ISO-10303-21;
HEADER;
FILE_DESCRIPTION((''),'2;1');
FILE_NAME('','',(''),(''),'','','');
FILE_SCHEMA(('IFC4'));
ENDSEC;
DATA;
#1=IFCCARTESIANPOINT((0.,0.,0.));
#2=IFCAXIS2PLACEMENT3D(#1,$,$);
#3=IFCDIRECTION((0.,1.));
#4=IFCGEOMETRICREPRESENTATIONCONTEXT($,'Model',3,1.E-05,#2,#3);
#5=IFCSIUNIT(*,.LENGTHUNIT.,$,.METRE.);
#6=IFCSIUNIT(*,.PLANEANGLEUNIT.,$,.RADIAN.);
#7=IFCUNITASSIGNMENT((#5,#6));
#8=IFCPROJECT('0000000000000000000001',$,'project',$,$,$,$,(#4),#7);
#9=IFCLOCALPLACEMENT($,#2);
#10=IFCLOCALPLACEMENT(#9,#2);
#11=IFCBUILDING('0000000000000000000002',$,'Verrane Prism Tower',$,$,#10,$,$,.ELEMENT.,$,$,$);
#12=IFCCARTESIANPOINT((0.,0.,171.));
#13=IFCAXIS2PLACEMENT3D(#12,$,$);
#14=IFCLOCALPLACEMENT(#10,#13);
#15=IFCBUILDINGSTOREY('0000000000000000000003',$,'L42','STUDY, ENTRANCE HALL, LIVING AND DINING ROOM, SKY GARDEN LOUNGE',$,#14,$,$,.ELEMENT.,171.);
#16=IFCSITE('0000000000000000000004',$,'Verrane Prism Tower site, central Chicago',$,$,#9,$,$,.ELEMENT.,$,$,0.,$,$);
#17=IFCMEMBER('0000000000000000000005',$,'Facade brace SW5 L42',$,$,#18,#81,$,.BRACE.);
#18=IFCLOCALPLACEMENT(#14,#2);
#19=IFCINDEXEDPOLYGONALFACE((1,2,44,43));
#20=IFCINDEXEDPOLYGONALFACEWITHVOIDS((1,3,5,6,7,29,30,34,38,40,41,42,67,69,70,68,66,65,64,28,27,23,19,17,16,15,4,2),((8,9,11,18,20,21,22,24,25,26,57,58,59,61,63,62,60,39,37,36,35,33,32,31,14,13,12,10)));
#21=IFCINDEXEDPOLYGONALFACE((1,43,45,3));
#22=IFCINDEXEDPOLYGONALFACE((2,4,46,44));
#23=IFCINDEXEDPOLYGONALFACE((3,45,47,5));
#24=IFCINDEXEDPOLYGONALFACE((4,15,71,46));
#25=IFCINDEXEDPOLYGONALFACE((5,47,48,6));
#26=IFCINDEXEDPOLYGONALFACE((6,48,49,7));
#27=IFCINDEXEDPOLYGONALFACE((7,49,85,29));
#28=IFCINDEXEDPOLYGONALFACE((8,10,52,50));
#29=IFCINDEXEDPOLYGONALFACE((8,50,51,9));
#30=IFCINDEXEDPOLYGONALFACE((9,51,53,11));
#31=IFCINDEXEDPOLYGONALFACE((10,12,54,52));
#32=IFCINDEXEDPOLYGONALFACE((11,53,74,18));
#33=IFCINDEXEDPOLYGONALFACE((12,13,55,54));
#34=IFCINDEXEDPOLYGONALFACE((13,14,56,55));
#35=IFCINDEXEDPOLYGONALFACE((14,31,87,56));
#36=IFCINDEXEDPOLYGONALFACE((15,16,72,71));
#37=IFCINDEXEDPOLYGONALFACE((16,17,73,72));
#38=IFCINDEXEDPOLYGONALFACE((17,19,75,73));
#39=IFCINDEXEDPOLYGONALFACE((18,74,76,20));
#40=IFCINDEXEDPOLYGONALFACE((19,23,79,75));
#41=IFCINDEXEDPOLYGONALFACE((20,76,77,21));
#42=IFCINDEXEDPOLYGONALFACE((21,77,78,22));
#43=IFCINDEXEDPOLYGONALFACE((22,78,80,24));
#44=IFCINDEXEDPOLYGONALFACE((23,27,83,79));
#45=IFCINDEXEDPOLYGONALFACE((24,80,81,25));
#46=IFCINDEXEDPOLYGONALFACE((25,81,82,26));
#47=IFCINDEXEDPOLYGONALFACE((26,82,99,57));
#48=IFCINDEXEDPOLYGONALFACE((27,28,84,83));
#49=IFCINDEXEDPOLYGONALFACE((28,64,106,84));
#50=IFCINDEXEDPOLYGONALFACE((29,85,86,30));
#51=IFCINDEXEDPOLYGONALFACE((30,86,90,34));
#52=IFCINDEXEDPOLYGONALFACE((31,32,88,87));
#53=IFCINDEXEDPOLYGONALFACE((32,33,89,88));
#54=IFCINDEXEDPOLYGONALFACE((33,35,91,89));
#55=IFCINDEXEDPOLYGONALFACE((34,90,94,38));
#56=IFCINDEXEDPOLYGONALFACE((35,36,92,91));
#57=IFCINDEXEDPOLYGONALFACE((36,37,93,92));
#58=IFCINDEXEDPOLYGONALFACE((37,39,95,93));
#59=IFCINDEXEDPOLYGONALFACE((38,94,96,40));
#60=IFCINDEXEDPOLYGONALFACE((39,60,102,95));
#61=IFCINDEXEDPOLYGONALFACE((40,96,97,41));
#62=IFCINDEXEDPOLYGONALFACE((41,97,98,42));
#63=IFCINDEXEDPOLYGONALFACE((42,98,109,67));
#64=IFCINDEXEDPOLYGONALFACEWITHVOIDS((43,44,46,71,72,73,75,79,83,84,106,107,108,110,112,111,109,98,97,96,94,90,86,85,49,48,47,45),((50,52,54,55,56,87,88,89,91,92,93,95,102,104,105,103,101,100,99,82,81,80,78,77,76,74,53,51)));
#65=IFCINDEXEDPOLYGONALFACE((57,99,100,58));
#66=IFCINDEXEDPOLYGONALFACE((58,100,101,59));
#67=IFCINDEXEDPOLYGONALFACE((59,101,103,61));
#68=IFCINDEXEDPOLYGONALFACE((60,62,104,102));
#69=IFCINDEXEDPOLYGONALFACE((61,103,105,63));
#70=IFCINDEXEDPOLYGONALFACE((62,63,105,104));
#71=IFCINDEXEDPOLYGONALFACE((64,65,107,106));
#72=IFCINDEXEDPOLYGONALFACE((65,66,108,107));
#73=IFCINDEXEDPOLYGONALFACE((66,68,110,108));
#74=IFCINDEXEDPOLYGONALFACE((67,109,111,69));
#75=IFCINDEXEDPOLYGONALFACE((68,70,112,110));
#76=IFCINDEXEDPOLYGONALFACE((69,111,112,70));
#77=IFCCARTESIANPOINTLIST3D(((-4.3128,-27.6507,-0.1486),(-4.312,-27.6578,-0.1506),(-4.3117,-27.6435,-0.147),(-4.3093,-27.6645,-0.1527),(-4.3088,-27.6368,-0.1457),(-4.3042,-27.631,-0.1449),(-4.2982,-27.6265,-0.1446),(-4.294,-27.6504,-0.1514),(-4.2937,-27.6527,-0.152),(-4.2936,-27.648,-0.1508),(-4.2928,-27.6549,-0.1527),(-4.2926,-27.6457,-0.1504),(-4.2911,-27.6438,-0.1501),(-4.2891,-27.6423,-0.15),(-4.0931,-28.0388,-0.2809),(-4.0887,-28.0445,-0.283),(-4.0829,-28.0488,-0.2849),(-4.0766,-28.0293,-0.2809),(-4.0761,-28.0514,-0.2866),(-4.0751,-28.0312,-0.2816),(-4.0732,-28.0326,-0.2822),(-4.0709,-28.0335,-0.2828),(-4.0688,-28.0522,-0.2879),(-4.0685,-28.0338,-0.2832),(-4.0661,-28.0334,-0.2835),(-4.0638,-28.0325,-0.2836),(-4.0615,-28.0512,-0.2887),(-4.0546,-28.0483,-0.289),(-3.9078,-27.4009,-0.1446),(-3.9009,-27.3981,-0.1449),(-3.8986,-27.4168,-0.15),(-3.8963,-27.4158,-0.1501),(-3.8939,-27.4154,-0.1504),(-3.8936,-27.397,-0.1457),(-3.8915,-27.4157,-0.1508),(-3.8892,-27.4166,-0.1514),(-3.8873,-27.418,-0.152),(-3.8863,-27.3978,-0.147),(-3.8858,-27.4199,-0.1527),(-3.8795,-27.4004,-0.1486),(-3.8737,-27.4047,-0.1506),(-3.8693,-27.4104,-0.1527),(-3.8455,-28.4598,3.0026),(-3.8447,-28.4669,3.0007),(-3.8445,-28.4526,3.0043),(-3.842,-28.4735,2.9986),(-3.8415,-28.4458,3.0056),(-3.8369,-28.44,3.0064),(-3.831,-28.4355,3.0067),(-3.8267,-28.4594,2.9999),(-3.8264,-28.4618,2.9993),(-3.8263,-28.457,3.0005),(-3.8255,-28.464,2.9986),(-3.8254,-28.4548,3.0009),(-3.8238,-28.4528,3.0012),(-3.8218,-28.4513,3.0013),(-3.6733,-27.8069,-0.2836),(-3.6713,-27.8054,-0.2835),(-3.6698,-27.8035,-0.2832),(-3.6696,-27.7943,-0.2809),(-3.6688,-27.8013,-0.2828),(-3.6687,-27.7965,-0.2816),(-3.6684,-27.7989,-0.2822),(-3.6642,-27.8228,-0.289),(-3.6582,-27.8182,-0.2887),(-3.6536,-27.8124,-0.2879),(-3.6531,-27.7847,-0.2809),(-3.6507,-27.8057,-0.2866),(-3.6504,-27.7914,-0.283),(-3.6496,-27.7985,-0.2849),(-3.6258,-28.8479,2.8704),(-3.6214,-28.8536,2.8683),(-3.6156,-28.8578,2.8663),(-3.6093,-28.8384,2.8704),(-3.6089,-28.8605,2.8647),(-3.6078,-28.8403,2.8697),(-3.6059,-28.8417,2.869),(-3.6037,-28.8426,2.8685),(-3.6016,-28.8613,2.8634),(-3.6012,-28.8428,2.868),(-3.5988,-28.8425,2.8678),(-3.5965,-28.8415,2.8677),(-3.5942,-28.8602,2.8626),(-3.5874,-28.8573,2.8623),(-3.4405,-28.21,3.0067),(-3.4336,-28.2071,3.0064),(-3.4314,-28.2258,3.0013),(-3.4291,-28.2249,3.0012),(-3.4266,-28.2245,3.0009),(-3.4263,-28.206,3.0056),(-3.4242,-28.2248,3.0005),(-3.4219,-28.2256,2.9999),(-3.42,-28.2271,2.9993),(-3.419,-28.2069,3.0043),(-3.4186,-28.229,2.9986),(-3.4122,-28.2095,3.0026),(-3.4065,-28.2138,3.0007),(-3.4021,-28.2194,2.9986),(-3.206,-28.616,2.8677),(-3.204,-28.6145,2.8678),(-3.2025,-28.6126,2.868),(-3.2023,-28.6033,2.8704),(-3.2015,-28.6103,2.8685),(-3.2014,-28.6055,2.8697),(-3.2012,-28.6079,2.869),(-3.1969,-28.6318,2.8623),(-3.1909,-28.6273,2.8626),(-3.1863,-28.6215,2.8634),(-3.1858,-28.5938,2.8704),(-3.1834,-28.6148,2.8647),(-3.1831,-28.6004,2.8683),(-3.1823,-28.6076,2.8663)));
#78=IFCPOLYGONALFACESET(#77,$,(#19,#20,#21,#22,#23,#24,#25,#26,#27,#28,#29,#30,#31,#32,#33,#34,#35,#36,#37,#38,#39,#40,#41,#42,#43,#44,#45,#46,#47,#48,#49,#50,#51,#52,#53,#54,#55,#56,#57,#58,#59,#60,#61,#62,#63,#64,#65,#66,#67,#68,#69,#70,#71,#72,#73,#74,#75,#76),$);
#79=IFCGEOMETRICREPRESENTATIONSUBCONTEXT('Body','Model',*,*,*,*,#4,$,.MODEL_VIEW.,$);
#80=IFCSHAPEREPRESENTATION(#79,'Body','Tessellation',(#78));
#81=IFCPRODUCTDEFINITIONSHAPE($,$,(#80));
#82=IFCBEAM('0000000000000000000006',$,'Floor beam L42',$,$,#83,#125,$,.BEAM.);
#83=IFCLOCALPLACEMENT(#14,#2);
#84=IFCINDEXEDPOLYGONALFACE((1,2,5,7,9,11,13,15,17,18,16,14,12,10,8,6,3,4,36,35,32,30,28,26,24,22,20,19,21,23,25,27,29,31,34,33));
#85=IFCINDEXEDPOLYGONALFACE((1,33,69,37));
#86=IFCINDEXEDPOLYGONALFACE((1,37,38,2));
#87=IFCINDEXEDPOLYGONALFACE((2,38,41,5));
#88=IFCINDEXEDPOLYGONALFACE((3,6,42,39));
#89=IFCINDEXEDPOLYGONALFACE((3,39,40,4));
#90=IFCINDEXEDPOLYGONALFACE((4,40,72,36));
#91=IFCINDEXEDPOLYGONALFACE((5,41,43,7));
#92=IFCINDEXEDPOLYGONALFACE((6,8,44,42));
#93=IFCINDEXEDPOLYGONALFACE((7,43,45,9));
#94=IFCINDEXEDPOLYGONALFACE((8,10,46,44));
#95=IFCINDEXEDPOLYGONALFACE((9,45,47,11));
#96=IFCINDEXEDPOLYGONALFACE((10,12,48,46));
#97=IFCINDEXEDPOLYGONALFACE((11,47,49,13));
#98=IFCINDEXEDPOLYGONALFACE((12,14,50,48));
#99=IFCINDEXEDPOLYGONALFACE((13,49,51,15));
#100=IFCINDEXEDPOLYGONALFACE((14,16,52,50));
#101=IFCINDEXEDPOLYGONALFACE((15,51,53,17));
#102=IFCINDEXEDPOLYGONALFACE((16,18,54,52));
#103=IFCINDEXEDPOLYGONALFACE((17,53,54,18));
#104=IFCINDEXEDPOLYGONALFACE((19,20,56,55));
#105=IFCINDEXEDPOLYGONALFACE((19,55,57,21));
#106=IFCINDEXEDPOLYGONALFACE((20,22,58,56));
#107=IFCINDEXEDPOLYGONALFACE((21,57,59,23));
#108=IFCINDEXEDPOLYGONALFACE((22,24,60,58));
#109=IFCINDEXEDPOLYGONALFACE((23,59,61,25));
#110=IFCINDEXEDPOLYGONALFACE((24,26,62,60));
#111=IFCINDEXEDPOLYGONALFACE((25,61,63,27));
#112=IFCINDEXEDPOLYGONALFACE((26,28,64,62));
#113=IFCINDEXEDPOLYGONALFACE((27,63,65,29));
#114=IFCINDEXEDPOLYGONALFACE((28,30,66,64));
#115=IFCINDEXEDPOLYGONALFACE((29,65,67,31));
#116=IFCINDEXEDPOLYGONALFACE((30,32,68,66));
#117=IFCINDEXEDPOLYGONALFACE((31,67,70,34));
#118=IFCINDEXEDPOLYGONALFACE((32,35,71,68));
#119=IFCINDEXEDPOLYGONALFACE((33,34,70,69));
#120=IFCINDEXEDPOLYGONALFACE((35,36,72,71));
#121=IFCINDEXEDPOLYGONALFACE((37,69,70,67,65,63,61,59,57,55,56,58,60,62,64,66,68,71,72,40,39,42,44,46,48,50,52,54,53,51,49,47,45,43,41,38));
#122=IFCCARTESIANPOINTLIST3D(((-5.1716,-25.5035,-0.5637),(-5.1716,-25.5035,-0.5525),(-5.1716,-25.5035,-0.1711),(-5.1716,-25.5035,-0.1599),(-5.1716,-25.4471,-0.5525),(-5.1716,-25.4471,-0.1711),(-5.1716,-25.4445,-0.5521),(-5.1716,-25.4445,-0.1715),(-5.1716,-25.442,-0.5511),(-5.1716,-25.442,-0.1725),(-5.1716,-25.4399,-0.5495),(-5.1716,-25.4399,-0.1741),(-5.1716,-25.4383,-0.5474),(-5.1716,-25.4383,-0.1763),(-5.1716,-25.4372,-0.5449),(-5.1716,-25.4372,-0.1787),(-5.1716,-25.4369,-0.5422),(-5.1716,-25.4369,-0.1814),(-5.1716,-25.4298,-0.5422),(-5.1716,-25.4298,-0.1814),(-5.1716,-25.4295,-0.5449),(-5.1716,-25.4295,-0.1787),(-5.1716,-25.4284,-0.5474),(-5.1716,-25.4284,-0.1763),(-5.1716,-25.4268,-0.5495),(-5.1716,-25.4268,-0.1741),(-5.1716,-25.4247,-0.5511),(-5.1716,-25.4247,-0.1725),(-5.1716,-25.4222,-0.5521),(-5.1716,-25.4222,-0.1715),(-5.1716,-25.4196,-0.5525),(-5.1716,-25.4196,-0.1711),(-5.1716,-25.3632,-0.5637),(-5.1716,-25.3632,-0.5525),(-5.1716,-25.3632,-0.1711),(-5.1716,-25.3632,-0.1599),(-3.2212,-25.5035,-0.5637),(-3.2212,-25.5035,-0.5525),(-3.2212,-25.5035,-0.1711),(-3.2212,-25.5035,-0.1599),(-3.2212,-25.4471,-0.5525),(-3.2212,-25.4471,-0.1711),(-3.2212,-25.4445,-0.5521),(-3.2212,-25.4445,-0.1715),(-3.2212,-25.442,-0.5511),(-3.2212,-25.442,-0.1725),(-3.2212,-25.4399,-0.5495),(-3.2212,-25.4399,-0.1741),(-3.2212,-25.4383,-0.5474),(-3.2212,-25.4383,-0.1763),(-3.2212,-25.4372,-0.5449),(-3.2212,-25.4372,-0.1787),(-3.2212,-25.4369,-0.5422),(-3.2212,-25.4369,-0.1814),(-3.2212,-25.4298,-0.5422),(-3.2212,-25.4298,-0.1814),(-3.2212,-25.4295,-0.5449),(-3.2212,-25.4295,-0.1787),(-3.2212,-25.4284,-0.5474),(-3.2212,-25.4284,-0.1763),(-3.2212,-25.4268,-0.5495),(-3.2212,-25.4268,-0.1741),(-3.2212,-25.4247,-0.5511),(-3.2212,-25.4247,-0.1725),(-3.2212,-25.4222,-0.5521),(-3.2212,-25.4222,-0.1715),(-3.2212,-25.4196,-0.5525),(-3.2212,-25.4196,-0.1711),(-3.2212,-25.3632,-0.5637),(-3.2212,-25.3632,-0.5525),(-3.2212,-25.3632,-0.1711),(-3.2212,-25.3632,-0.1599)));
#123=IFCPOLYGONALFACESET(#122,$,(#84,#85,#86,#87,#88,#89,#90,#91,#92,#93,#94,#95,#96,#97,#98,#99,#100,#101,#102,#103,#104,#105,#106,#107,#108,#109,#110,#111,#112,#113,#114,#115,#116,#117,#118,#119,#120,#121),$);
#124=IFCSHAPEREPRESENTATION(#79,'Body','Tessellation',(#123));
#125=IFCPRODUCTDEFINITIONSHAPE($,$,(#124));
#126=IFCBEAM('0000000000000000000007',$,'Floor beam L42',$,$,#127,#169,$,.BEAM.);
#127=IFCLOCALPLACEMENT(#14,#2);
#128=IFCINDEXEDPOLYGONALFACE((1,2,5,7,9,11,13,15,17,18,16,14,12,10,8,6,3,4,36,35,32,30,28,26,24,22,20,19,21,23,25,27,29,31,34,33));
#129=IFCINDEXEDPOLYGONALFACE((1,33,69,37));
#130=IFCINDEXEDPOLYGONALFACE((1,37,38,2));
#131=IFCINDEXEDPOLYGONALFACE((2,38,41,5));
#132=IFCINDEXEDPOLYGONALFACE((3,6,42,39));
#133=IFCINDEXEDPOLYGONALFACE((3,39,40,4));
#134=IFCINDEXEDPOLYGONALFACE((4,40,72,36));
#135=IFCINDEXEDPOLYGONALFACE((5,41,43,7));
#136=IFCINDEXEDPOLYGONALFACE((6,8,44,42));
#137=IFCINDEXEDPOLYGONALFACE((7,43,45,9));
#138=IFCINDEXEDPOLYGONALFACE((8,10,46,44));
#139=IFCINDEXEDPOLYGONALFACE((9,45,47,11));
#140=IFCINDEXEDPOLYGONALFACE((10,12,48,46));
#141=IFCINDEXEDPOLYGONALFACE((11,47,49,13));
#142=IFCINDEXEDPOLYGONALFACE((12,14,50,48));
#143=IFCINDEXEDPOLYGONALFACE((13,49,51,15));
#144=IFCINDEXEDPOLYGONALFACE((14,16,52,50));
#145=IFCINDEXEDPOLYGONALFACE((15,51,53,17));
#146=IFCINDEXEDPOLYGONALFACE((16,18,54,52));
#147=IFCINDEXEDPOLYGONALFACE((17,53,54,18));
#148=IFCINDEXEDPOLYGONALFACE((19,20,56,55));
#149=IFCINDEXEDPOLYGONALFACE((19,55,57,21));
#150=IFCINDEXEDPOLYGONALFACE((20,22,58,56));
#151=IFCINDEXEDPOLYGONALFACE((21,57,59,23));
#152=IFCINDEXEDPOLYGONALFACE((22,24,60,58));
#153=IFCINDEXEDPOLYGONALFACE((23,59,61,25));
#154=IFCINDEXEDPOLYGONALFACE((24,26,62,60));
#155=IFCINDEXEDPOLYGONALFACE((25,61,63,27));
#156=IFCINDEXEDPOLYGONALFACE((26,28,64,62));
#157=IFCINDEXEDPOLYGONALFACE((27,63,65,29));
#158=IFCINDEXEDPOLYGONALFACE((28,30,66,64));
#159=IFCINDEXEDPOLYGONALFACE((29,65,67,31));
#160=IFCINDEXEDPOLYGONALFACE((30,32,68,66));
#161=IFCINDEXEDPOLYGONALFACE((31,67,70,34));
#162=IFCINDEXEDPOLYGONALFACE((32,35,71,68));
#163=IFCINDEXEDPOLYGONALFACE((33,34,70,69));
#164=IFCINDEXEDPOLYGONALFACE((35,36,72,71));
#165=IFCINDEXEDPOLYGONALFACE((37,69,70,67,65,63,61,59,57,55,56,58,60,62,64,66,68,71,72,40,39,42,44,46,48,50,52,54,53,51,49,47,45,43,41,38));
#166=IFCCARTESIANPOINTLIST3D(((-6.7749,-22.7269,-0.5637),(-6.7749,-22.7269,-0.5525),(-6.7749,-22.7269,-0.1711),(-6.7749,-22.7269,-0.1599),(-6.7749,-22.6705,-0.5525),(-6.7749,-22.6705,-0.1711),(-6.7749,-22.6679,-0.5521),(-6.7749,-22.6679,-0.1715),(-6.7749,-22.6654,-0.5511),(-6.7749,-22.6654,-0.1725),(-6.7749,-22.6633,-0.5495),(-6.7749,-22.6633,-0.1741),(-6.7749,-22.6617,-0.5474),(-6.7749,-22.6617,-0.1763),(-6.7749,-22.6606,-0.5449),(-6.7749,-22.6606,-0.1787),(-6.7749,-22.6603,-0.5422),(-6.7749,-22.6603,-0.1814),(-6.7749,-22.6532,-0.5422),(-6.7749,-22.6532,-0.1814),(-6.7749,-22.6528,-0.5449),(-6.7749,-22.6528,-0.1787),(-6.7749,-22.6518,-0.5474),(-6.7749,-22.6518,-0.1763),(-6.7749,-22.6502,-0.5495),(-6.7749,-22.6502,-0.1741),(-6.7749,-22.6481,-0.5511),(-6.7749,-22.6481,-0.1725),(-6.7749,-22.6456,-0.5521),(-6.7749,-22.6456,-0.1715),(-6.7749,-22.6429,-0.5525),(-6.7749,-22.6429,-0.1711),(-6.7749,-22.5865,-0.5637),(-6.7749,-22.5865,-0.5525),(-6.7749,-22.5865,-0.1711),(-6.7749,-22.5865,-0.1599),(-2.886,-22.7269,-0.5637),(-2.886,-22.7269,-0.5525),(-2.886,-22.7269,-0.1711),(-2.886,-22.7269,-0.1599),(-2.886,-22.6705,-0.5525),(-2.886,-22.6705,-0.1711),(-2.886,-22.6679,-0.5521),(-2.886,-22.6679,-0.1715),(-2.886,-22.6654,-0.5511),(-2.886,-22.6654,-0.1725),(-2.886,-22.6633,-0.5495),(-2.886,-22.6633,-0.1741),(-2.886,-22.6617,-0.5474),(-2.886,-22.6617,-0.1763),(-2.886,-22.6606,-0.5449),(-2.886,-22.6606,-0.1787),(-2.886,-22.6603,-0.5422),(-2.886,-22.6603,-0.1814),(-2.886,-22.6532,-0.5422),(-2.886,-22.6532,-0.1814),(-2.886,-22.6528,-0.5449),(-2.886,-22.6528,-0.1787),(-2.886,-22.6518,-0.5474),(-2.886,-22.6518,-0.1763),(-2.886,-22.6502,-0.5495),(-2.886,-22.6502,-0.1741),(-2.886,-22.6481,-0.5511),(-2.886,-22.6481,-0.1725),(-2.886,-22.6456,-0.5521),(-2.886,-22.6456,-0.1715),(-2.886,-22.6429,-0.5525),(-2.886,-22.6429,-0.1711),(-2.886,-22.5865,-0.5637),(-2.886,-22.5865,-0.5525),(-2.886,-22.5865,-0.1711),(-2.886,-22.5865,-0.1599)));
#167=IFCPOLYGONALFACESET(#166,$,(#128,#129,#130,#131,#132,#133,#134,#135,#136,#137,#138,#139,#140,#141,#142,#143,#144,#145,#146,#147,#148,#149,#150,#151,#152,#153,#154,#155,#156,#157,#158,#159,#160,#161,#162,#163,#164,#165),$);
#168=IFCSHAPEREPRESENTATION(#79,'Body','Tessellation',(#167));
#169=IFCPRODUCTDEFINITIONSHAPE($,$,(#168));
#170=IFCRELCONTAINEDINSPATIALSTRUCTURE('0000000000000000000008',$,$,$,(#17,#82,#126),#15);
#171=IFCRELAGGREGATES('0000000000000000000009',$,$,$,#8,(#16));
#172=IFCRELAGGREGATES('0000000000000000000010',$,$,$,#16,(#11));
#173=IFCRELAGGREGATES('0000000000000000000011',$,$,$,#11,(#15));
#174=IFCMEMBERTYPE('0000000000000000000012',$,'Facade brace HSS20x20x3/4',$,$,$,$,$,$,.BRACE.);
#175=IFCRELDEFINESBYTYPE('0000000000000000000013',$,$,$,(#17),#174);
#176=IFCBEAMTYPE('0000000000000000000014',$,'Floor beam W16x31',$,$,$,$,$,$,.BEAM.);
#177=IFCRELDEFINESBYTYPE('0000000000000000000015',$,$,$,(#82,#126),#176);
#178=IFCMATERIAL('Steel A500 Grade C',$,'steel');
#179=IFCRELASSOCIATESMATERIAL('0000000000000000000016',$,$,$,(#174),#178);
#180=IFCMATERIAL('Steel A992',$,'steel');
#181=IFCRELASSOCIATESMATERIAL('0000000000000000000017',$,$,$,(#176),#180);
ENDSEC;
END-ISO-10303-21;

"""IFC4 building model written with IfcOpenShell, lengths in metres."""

from ifc_helpers import new_model, si_unit, direction, frame, origin, origin_2d, place, context, subcontext, project, spatial, hollow_rectangle, i_section, extrude, material, material_profile, profile_set, type_object, element, save


model = new_model("IFC4")

# Units and contexts
model_context = context("Model", 3, precision=1e-05, world=origin(), true_north=direction((0.0, 1.0)))
body_context = subcontext(model_context, "Body", "Model", "MODEL_VIEW")
ifc_project = project(units=[si_unit("LENGTHUNIT", "METRE"), si_unit("PLANEANGLEUNIT", "RADIAN")], contexts=[model_context])

# Site, building, storey
site_placement = place(None, origin())
site = spatial("IfcSite", under=ifc_project, at=site_placement, Name="Verrane Prism Tower site, central Chicago", CompositionType="ELEMENT", RefElevation=0.0)
building_placement = place(site_placement, origin())
building = spatial("IfcBuilding", under=site, at=building_placement, Name="Verrane Prism Tower", CompositionType="ELEMENT")
storey_placement = place(building_placement, frame((0.0, 0.0, 171.0)))
storey = spatial("IfcBuildingStorey", under=building, at=storey_placement, Name="L42", Description="STUDY, ENTRANCE HALL, LIVING AND DINING ROOM, SKY GARDEN LOUNGE", CompositionType="ELEMENT", Elevation=171.0)

# Member
ifc_material_1 = material(Name="Steel A500 Grade C", Category="steel")
ifc_material_profile_1 = material_profile(ifc_material_1, hollow_rectangle(XDim=0.5081, YDim=0.5081, WallThickness=0.019, InnerFilletRadius=0.0095, OuterFilletRadius=0.0286, at=origin_2d()), Name="HSS20x20x3/4")
ifc_profile_set_1 = profile_set([ifc_material_profile_1], Name="Steel A500 Grade C")
member_type_1 = type_object("IfcMemberType", Name="Facade brace HSS20x20x3/4", PredefinedType="BRACE", material=ifc_profile_set_1)
member_1_placement = place(storey_placement, frame((-3.9812, -27.7246, -0.2168), z_axis=(0.142163, -0.246149, 0.958749), x_axis=(0.865951, 0.50013, 0.0)))
element("IfcMember", 1, at=member_1_placement, inside=storey, type_object=member_type_1, Name="Facade brace SW5 L42", PredefinedType="BRACE", context=body_context, shape_type="SweptSolid", body=[
    extrude(hollow_rectangle(XDim=0.5081, YDim=0.5081, WallThickness=0.019, InnerFilletRadius=0.0095, OuterFilletRadius=0.0286, at=origin_2d()), origin(), (0.0, 0.0, 1.0), 3.2869),
])

# Beams
ifc_material_2 = material(Name="Steel A992", Category="steel")
ifc_material_profile_2 = material_profile(ifc_material_2, i_section(OverallWidth=0.1404, OverallDepth=0.4038, WebThickness=0.0071, FlangeThickness=0.0112, FilletRadius=0.0103, at=origin_2d()), Name="W16x31")
ifc_profile_set_2 = profile_set([ifc_material_profile_2], Name="Steel A992")
beam_type_1 = type_object("IfcBeamType", Name="Floor beam W16x31", PredefinedType="BEAM", material=ifc_profile_set_2)
beam_1_placement = place(storey_placement, frame((-5.1716, -25.4333, -0.3618), z_axis=(1.0, 0.0, 0.0), x_axis=(0.0, 1.0, 0.0)))
element("IfcBeam", 2, at=beam_1_placement, inside=storey, type_object=beam_type_1, Name="Floor beam L42", PredefinedType="BEAM", context=body_context, shape_type="SweptSolid", body=[
    extrude(i_section(OverallWidth=0.1404, OverallDepth=0.4038, WebThickness=0.0071, FlangeThickness=0.0112, FilletRadius=0.0103, at=origin_2d()), origin(), (0.0, 0.0, 1.0), 1.9504),
])
beam_2_placement = place(storey_placement, frame((-6.7749, -22.6567, -0.3618), z_axis=(1.0, 0.0, 0.0), x_axis=(0.0, 1.0, 0.0)))
element("IfcBeam", 3, at=beam_2_placement, inside=storey, type_object=beam_type_1, Name="Floor beam L42", PredefinedType="BEAM", context=body_context, shape_type="SweptSolid", body=[
    extrude(i_section(OverallWidth=0.1404, OverallDepth=0.4038, WebThickness=0.0071, FlangeThickness=0.0112, FilletRadius=0.0103, at=origin_2d()), origin(), (0.0, 0.0, 1.0), 3.8889),
])

save(model, "model.ifc")
